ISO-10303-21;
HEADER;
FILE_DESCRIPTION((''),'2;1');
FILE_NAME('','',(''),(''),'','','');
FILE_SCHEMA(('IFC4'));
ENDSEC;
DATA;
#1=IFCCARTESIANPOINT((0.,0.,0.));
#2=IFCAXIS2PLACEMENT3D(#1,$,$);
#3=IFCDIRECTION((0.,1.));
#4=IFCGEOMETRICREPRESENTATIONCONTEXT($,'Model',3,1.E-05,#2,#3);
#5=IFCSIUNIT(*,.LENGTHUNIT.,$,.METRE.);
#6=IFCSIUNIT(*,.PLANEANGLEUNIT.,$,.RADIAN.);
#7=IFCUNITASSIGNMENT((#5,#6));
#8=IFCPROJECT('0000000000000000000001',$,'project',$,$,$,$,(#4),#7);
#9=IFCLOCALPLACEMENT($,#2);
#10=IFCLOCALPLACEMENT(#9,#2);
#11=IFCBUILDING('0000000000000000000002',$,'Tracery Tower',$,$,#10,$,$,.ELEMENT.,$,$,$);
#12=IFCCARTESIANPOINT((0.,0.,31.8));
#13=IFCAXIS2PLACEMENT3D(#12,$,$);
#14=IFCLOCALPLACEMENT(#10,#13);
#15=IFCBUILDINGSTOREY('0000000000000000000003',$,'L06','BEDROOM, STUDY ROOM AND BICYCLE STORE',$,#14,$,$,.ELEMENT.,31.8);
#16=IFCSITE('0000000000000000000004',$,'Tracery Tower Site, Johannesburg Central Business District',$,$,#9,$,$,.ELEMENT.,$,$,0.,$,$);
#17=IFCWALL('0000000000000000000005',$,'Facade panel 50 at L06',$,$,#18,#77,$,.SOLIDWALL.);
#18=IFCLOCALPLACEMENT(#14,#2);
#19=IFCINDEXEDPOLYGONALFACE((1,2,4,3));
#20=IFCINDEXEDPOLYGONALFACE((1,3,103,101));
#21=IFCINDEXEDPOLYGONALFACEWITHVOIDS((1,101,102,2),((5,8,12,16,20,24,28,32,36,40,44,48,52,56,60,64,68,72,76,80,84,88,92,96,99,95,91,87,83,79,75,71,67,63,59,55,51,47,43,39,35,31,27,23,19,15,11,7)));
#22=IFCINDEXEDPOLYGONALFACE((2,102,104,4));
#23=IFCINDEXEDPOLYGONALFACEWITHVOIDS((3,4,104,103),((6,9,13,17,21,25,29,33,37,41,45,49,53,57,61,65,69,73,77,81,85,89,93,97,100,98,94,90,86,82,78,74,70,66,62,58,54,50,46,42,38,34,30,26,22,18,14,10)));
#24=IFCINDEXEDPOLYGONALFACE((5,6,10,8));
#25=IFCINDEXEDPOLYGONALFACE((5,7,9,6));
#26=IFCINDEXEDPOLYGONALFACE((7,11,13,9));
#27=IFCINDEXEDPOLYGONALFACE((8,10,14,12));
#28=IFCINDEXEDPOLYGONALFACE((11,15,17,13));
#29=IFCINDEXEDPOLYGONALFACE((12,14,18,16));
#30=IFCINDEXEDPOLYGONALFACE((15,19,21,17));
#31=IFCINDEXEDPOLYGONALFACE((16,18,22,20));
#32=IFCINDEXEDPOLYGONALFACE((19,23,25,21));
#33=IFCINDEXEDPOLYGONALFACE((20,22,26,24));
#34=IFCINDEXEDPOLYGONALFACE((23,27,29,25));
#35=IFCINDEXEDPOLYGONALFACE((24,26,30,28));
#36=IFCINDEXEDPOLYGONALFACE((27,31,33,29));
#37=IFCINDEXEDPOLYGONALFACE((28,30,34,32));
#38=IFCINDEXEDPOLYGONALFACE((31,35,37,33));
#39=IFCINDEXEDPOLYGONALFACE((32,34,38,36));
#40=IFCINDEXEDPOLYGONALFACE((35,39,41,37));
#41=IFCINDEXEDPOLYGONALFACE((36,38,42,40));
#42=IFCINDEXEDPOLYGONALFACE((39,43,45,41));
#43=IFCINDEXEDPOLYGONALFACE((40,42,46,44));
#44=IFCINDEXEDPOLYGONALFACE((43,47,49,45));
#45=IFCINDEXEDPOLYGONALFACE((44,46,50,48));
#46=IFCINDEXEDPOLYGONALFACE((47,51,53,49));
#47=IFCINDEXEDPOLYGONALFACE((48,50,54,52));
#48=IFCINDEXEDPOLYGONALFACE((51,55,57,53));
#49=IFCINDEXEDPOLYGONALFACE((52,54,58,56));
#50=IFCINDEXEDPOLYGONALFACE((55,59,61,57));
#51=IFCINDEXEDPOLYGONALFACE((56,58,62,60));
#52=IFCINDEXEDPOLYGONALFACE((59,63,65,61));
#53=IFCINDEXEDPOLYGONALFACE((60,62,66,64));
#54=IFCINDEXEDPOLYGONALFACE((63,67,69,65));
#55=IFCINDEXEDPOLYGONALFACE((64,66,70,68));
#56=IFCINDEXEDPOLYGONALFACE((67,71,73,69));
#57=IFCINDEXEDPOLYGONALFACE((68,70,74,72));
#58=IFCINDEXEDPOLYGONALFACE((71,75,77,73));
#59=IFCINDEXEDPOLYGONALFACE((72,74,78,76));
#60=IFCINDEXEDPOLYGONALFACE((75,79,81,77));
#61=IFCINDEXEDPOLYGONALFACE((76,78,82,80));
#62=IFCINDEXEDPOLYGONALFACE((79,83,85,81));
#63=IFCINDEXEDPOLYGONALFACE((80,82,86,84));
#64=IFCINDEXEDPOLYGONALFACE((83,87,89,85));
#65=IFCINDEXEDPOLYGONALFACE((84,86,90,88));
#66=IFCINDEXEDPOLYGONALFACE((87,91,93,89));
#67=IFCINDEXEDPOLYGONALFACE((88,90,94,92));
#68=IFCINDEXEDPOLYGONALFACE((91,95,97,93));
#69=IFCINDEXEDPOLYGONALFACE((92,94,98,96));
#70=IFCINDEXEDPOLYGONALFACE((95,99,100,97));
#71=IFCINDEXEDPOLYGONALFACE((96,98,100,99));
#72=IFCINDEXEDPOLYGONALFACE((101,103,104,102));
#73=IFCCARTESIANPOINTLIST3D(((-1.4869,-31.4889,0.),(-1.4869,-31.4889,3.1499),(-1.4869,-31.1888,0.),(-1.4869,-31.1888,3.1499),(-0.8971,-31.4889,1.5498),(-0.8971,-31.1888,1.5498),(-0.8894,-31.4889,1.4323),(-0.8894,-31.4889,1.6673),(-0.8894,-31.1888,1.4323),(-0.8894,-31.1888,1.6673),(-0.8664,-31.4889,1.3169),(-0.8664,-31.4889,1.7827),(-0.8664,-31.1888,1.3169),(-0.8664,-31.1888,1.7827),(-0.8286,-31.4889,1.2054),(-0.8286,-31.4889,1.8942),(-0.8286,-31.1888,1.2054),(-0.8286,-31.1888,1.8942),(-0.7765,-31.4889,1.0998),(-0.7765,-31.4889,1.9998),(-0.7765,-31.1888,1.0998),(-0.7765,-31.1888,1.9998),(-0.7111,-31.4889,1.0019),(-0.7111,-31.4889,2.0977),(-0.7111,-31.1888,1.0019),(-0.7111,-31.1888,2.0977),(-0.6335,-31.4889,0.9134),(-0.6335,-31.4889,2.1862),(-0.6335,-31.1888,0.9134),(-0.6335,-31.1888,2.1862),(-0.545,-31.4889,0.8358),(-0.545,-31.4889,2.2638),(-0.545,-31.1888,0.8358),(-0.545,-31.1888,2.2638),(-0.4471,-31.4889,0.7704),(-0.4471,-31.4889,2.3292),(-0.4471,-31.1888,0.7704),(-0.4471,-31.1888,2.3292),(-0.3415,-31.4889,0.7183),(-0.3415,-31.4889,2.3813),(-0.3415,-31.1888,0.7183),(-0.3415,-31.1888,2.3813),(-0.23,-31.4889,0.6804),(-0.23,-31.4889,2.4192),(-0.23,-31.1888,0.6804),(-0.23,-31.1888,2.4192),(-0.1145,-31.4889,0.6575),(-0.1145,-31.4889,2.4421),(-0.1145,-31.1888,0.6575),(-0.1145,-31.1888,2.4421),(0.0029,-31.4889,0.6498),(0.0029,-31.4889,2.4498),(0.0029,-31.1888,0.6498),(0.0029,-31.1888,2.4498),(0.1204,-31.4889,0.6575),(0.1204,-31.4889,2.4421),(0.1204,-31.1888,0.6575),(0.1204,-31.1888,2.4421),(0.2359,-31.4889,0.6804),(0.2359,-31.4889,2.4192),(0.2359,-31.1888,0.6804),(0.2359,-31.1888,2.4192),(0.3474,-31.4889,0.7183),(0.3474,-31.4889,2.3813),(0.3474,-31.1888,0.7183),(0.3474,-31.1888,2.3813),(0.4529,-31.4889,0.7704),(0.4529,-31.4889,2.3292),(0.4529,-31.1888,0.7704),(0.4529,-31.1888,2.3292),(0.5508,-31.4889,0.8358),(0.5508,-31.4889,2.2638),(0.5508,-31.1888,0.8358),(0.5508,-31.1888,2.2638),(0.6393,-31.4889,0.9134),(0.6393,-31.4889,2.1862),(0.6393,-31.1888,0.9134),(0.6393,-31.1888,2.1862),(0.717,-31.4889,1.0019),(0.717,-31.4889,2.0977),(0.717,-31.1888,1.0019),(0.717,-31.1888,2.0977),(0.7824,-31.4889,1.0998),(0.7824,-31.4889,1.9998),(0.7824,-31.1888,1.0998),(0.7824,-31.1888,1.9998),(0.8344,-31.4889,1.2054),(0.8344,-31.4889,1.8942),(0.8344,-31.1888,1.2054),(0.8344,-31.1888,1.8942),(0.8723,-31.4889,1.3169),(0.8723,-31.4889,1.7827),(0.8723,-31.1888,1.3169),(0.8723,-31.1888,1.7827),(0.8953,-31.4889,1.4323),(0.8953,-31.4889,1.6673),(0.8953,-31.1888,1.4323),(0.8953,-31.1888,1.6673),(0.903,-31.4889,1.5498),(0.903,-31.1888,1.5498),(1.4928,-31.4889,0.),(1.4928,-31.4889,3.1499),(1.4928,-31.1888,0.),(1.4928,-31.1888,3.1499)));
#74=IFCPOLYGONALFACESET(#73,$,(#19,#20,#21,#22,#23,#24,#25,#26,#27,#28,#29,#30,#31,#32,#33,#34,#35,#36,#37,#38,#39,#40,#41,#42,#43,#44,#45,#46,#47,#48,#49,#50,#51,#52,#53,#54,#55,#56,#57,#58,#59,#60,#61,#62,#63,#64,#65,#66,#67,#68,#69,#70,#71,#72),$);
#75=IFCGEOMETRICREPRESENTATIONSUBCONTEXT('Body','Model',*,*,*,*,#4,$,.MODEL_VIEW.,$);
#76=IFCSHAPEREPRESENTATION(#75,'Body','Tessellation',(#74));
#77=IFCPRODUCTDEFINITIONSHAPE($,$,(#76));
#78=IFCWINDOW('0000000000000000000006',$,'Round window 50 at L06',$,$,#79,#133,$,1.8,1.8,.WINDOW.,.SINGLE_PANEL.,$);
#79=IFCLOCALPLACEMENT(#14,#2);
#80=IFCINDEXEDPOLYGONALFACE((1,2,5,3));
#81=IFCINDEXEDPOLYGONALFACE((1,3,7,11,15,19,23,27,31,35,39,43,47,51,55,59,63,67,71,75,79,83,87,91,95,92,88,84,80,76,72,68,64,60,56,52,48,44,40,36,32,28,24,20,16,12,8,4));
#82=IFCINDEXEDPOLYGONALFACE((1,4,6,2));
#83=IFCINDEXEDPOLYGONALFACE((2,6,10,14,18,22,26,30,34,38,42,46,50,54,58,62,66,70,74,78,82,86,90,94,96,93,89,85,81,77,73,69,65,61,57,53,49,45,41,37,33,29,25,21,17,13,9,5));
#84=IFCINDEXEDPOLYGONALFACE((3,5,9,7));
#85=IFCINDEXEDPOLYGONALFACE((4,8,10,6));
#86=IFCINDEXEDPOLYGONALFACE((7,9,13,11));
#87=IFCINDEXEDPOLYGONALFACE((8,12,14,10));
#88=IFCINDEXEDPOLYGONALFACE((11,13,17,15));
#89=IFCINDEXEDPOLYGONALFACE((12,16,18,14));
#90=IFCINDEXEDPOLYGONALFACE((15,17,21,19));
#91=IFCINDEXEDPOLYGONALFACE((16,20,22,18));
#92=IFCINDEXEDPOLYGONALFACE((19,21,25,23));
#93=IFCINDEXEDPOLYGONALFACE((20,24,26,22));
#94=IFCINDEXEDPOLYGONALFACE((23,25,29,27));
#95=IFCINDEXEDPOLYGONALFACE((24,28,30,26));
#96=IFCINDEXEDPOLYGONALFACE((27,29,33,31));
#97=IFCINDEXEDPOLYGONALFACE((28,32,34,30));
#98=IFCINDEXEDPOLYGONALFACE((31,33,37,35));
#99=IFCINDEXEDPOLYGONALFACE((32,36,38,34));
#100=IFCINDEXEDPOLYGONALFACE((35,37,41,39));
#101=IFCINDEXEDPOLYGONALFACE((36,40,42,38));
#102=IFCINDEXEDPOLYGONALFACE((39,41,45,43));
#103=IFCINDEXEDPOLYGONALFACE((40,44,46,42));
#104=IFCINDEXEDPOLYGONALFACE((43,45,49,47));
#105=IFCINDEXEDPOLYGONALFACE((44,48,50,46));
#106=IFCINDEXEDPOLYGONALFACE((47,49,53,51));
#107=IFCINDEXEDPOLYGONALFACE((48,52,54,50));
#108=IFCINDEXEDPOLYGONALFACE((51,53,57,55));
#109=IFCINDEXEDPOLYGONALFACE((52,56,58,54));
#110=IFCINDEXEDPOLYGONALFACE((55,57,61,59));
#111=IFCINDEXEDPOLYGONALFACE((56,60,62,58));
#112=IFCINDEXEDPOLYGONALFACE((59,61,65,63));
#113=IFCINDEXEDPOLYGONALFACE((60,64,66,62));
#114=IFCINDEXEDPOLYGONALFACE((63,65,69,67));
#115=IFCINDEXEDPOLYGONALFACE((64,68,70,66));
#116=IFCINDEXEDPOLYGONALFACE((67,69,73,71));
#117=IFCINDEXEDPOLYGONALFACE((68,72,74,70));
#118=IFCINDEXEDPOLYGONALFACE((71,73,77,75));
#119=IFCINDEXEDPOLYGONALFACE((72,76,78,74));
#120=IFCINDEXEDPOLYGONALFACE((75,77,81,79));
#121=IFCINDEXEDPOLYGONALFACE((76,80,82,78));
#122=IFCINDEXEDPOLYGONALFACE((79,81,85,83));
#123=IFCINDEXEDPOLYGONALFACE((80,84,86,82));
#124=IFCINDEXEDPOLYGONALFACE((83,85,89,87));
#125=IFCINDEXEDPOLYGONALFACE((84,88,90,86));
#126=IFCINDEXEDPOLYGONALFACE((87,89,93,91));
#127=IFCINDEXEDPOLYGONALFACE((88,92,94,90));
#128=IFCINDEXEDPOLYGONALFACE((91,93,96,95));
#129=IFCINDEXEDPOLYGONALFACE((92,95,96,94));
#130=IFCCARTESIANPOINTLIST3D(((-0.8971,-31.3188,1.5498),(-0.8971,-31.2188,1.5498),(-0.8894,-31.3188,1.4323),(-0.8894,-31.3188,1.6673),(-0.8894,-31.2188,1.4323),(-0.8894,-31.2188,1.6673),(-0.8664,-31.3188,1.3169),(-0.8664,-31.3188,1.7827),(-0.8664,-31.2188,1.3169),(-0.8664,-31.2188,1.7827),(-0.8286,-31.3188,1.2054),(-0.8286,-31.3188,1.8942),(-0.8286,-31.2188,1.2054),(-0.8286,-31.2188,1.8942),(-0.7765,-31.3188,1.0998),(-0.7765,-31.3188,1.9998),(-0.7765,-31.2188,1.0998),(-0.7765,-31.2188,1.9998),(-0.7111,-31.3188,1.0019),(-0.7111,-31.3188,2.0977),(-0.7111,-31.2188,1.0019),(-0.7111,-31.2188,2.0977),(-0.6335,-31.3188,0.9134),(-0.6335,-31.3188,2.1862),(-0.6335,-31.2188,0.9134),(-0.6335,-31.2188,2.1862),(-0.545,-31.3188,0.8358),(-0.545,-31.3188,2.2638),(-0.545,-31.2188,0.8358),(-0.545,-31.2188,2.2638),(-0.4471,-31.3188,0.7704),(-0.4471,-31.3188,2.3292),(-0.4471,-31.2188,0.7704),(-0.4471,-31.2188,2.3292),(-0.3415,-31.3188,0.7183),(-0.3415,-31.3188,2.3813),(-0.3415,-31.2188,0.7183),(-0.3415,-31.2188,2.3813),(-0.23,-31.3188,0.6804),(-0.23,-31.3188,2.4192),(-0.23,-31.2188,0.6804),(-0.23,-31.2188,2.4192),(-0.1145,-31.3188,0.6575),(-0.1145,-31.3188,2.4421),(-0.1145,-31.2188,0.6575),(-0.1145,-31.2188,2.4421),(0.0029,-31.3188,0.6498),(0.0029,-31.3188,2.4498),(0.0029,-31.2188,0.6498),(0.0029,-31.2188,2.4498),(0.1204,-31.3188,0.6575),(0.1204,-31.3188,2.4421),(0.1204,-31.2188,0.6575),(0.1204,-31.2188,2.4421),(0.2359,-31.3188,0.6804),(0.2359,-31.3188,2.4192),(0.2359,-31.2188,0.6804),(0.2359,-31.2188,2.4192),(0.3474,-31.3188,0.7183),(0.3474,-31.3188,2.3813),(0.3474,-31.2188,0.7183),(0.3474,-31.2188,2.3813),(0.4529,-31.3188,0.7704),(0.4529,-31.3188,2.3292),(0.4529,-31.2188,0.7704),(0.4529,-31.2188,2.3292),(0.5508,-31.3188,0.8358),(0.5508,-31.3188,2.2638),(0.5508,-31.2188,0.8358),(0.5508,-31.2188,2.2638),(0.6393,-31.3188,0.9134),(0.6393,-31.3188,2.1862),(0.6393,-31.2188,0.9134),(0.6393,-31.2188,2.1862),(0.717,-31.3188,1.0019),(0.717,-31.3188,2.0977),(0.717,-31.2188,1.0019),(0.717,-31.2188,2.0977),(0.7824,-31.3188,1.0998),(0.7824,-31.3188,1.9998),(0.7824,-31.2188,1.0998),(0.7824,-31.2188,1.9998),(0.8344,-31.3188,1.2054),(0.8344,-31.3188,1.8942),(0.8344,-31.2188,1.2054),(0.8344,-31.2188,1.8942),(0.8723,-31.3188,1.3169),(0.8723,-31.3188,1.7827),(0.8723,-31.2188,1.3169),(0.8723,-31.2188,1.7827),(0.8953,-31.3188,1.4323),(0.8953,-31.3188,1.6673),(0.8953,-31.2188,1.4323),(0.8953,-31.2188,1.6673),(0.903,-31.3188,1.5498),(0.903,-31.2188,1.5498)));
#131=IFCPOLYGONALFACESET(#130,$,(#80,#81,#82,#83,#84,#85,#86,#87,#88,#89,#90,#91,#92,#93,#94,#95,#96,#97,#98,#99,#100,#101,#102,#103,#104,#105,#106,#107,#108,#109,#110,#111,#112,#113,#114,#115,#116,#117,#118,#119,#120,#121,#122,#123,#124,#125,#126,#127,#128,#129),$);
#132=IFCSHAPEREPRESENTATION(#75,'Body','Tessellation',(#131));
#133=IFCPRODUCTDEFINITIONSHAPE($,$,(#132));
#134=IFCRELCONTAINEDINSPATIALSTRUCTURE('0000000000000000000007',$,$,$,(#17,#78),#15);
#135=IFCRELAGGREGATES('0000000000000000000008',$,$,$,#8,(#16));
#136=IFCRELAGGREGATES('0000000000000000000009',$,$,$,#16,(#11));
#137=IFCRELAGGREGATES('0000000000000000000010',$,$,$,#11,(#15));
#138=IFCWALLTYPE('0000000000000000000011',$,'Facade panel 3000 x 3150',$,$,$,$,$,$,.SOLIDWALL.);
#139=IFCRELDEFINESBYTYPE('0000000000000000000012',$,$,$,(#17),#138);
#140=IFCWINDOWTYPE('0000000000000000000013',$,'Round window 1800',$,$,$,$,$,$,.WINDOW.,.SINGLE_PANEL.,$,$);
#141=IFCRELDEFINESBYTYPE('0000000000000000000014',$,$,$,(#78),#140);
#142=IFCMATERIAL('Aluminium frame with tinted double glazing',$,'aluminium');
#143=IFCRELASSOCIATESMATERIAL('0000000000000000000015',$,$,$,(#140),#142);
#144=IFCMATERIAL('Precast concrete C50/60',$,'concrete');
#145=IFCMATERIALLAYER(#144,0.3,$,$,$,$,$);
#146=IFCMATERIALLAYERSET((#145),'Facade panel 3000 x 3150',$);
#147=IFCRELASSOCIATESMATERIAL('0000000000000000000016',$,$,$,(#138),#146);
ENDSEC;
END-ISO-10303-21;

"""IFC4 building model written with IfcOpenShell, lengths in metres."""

from ifc_helpers import new_model, si_unit, direction, frame, frame_2d, origin, origin_2d, place, context, subcontext, project, spatial, rectangle, circle, extrude, material, layer, layer_set, type_object, element, fill, save


model = new_model("IFC4")

# Units and contexts
model_context = context("Model", 3, precision=1e-05, world=origin(), true_north=direction((0.0, 1.0)))
body_context = subcontext(model_context, "Body", "Model", "MODEL_VIEW")
ifc_project = project(units=[si_unit("LENGTHUNIT", "METRE"), si_unit("PLANEANGLEUNIT", "RADIAN")], contexts=[model_context])

# Site, building, storey
site_placement = place(None, origin())
site = spatial("IfcSite", under=ifc_project, at=site_placement, Name="Tracery Tower Site, Johannesburg Central Business District", CompositionType="ELEMENT", RefElevation=0.0)
building_placement = place(site_placement, origin())
building = spatial("IfcBuilding", under=site, at=building_placement, Name="Tracery Tower", CompositionType="ELEMENT")
storey_placement = place(building_placement, frame((0.0, 0.0, 31.8)))
storey = spatial("IfcBuildingStorey", under=building, at=storey_placement, Name="L06", Description="BEDROOM, STUDY ROOM AND BICYCLE STORE", CompositionType="ELEMENT", Elevation=31.8)

# Wall, opening, window
ifc_material_1 = material(Name="Aluminium frame with tinted double glazing", Category="aluminium")
window_type = type_object("IfcWindowType", Name="Round window 1800", PartitioningType="SINGLE_PANEL", PredefinedType="WINDOW", material=ifc_material_1)
ifc_material_2 = material(Name="Precast concrete C50/60", Category="concrete")
ifc_layer_1 = layer(ifc_material_2, 0.3)
ifc_layer_set_1 = layer_set([ifc_layer_1], Name="Facade panel 3000 x 3150")
wall_type_1 = type_object("IfcWallType", Name="Facade panel 3000 x 3150", PredefinedType="SOLIDWALL", material=ifc_layer_set_1)
wall_1_placement = place(storey_placement, frame((-1.4868, -31.3389, 0.0), z_axis=(0.0, 0.0, 1.0), x_axis=(1.0, 0.0, 0.0)))
wall_1 = element("IfcWall", 1, at=wall_1_placement, inside=storey, type_object=wall_type_1, Name="Facade panel 50 at L06", PredefinedType="SOLIDWALL", context=body_context, shape_type="SweptSolid", body=[
    extrude(rectangle(XDim=2.9797, YDim=0.3, at=frame_2d((1.4897, 0.0))), origin(), (0.0, 0.0, 1.0), 3.1499),
])
opening_1_placement = place(wall_1_placement, frame((1.4897, 0.0, 1.5498)))
opening_1 = element("IfcOpeningElement", 2, at=opening_1_placement, cuts=wall_1, PredefinedType="OPENING", context=body_context, shape_type="SweptSolid", body=[
    extrude(circle(Radius=0.9, at=origin_2d()), frame((0.0, 0.1599, 0.0), z_axis=(0.0, -1.0, 0.0), x_axis=(1.0, 0.0, 0.0)), (0.0, 0.0, 1.0), 0.3201),
])
window_1_placement = place(opening_1_placement, origin())
window_1 = element("IfcWindow", 3, at=window_1_placement, inside=storey, type_object=window_type, Name="Round window 50 at L06", OverallHeight=1.8, OverallWidth=1.8, PartitioningType="SINGLE_PANEL", PredefinedType="WINDOW", context=body_context, shape_type="SweptSolid", body=[
    extrude(circle(Radius=0.9, at=origin_2d()), frame((0.0, 0.1201, 0.0), z_axis=(0.0, -1.0, 0.0), x_axis=(1.0, 0.0, 0.0)), (0.0, 0.0, 1.0), 0.1001),
])
fill(opening_1, window_1)

save(model, "model.ifc")
